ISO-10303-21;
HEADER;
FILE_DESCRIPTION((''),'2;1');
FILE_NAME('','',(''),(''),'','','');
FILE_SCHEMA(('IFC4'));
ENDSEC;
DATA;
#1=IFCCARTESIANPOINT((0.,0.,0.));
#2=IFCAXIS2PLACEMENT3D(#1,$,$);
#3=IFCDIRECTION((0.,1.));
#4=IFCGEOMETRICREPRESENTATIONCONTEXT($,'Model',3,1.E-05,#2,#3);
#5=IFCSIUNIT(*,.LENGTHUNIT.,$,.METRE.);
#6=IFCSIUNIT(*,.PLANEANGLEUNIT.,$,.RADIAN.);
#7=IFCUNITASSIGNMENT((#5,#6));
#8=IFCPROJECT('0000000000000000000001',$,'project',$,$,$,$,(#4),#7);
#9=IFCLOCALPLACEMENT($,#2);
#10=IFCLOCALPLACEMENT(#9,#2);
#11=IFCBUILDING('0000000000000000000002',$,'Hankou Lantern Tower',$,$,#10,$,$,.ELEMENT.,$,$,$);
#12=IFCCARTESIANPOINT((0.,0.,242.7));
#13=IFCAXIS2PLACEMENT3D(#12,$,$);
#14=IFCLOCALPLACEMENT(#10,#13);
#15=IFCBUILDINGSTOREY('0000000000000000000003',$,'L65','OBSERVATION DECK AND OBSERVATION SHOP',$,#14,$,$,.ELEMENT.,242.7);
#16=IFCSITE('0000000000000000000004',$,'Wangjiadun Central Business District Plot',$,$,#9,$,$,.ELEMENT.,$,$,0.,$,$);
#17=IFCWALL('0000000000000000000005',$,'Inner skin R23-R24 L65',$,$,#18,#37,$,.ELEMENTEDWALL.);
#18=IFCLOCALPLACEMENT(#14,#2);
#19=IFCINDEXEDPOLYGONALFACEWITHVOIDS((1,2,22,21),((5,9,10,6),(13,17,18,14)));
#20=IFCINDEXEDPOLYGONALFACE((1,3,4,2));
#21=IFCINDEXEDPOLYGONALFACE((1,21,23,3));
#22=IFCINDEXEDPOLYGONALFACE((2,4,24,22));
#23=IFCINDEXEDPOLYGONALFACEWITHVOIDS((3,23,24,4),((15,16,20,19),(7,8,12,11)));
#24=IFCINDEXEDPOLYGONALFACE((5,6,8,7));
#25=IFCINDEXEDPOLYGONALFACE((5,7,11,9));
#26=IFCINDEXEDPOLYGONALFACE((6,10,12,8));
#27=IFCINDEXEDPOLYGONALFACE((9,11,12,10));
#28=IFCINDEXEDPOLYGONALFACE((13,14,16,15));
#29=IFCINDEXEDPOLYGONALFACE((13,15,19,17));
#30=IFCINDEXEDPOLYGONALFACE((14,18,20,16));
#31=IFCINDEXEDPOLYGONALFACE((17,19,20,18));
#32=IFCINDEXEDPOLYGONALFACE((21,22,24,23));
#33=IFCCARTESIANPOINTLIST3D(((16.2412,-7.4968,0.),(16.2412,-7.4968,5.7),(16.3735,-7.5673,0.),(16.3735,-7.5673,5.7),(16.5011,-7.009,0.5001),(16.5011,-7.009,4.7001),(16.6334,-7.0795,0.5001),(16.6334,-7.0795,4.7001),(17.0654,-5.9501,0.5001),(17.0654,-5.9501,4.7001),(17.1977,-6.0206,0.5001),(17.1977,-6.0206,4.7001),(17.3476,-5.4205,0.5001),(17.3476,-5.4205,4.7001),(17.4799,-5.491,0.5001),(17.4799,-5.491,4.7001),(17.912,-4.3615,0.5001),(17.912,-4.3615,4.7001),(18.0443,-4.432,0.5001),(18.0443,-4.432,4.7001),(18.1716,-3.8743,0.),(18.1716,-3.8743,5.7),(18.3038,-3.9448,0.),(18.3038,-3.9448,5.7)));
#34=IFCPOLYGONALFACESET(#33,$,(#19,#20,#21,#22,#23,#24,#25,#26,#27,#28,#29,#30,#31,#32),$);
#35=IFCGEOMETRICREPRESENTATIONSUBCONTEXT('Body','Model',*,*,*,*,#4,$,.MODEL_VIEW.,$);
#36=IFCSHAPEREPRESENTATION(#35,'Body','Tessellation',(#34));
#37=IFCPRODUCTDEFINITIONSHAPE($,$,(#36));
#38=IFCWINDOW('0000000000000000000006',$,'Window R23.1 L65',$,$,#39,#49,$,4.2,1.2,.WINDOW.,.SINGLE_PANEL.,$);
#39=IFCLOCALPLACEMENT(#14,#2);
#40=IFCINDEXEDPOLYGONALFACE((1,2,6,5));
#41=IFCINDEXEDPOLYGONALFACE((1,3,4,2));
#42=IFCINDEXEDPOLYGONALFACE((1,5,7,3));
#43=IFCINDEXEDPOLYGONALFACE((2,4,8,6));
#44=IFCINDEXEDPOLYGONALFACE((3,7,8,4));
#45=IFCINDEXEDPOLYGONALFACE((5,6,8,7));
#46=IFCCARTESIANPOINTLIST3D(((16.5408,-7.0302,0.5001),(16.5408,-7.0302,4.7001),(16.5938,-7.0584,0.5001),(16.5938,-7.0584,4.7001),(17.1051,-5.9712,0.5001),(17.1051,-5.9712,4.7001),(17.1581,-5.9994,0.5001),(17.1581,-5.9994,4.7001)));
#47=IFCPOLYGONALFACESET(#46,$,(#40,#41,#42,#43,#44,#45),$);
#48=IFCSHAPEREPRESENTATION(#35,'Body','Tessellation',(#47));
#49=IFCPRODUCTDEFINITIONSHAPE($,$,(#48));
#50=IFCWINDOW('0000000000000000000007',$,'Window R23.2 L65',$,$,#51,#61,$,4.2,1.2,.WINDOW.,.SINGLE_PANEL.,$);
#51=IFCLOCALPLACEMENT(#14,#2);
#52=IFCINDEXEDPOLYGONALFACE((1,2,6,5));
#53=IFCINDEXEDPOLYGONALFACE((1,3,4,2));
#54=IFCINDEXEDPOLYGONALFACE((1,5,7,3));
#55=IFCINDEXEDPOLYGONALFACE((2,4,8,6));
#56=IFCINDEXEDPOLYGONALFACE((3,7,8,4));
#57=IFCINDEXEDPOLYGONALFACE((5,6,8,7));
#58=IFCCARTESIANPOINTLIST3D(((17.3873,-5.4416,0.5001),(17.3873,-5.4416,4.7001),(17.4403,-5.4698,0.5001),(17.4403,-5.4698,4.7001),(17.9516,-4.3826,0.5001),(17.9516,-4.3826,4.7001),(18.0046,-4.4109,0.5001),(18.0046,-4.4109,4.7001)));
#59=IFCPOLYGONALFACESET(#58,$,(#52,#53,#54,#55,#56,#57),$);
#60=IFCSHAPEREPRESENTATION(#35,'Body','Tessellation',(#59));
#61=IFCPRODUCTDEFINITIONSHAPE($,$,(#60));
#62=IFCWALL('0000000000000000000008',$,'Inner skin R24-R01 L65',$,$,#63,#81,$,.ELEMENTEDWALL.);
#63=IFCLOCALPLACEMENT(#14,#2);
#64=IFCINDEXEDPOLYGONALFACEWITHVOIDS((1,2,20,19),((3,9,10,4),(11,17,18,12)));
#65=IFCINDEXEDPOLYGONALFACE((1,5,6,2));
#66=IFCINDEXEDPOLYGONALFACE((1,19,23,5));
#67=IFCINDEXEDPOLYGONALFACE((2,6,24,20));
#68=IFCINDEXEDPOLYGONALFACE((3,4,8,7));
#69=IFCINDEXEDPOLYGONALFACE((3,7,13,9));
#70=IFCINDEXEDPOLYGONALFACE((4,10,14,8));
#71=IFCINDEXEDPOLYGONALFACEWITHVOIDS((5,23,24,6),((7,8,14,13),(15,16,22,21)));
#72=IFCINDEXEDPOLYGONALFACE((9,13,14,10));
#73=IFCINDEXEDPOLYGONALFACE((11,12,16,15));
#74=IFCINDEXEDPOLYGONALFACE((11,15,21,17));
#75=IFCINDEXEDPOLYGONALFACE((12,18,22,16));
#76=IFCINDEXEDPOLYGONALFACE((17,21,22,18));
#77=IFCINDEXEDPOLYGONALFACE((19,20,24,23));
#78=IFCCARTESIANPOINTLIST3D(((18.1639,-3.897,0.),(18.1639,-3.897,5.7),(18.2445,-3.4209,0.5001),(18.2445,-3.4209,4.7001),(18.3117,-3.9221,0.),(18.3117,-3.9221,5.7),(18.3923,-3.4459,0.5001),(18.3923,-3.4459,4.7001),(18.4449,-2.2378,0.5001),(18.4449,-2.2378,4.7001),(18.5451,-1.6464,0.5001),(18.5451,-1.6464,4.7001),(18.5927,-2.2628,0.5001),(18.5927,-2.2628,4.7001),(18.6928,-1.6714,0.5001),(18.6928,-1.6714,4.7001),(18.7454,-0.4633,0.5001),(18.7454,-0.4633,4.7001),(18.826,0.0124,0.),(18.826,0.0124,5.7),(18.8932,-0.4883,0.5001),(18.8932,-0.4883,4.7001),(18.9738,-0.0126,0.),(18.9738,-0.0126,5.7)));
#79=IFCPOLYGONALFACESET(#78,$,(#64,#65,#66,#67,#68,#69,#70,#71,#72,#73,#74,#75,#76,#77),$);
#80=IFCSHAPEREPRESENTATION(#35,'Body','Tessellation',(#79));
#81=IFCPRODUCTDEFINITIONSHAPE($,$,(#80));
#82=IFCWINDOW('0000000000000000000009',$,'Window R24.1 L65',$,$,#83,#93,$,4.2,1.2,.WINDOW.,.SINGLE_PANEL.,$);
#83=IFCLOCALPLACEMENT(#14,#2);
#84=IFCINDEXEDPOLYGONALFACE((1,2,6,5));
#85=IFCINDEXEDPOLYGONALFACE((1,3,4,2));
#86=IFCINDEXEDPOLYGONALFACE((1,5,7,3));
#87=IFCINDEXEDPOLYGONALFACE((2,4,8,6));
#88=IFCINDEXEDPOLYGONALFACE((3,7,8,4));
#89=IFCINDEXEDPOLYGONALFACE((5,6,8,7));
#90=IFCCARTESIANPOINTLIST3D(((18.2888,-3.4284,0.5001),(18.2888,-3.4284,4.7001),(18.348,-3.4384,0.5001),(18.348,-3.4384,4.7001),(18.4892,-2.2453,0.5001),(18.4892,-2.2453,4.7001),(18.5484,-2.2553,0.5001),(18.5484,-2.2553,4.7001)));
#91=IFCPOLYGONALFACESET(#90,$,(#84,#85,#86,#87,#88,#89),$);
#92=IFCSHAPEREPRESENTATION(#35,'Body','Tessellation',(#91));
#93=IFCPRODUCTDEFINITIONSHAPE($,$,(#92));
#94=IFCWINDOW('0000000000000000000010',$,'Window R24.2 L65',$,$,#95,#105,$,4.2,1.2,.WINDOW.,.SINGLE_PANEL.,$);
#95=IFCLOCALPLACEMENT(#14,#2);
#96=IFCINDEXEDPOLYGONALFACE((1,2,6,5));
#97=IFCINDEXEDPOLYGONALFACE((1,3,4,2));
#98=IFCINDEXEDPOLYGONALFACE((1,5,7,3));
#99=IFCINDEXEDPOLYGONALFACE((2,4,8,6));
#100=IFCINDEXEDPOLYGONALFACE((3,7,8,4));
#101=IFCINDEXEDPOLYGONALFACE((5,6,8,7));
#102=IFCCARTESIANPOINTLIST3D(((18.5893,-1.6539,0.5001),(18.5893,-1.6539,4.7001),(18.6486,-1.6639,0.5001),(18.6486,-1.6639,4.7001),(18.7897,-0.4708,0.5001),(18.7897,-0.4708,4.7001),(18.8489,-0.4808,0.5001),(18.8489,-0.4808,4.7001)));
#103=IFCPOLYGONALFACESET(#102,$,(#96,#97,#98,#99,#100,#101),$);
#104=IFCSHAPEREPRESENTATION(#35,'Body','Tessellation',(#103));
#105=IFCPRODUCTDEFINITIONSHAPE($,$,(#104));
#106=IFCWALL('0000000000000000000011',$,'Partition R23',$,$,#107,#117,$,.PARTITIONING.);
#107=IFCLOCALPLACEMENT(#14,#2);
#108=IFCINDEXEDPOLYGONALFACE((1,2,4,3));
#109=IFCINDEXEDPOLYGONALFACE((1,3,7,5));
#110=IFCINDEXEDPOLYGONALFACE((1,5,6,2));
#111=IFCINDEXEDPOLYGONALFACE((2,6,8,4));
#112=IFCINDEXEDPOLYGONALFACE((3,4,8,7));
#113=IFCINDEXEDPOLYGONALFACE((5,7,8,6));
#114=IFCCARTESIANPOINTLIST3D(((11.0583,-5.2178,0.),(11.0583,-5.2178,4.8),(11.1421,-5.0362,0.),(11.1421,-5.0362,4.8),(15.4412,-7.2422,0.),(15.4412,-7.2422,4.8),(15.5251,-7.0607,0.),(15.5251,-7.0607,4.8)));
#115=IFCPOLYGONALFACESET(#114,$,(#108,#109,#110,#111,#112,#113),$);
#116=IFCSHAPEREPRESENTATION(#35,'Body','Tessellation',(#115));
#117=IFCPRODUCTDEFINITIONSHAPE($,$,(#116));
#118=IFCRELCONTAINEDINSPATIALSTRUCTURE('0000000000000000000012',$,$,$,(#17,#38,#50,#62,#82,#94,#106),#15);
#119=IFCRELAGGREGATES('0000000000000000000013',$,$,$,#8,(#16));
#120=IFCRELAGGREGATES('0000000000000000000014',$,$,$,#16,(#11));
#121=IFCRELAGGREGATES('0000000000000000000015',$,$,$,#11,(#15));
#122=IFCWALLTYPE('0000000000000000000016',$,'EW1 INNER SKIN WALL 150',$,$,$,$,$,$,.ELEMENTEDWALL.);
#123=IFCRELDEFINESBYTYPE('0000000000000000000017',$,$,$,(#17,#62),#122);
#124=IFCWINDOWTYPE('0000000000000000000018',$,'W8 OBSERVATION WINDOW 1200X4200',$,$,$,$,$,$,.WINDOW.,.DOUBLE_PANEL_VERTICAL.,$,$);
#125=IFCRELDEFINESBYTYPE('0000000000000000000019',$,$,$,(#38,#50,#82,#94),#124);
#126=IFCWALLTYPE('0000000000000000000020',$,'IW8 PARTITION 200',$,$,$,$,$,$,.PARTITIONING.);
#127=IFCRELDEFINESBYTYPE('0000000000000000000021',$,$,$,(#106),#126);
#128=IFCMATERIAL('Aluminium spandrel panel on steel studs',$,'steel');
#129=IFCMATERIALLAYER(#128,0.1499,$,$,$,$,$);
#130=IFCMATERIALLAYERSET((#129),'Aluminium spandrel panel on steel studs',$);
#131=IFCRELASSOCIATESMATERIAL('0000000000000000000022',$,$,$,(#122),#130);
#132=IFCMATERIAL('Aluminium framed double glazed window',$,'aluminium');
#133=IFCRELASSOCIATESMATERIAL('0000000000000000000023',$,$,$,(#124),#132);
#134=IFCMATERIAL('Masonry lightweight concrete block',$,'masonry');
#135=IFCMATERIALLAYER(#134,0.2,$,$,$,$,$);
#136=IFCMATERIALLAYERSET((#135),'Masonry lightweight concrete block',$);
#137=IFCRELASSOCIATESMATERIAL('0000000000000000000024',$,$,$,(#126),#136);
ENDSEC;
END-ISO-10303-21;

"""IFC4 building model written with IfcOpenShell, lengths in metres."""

from ifc_helpers import new_model, si_unit, direction, frame, frame_2d, origin, place, context, subcontext, project, spatial, rectangle, extrude, material, layer, layer_set, type_object, element, fill, save


model = new_model("IFC4")

# Units and contexts
model_context = context("Model", 3, precision=1e-05, world=origin(), true_north=direction((0.0, 1.0)))
body_context = subcontext(model_context, "Body", "Model", "MODEL_VIEW")
ifc_project = project(units=[si_unit("LENGTHUNIT", "METRE"), si_unit("PLANEANGLEUNIT", "RADIAN")], contexts=[model_context])

# Site, building, storey
site_placement = place(None, origin())
site = spatial("IfcSite", under=ifc_project, at=site_placement, Name="Wangjiadun Central Business District Plot", CompositionType="ELEMENT", RefElevation=0.0)
building_placement = place(site_placement, origin())
building = spatial("IfcBuilding", under=site, at=building_placement, Name="Hankou Lantern Tower", CompositionType="ELEMENT")
storey_placement = place(building_placement, frame((0.0, 0.0, 242.7)))
storey = spatial("IfcBuildingStorey", under=building, at=storey_placement, Name="L65", Description="OBSERVATION DECK AND OBSERVATION SHOP", CompositionType="ELEMENT", Elevation=242.7)

# Walls, openings, windows
ifc_material_1 = material(Name="Aluminium spandrel panel on steel studs", Category="steel")
ifc_layer_1 = layer(ifc_material_1, 0.1499)
ifc_layer_set_1 = layer_set([ifc_layer_1], Name="Aluminium spandrel panel on steel studs")
wall_type_1 = type_object("IfcWallType", Name="EW1 INNER SKIN WALL 150", PredefinedType="ELEMENTEDWALL", material=ifc_layer_set_1)
wall_1_placement = place(storey_placement, frame((16.3074, -7.532, 0.0), z_axis=(0.0, 0.0, 1.0), x_axis=(0.470283, 0.882516, 0.0)))
wall_1 = element("IfcWall", 1, at=wall_1_placement, inside=storey, type_object=wall_type_1, Name="Inner skin R23-R24 L65", PredefinedType="ELEMENTEDWALL", context=body_context, shape_type="SweptSolid", body=[
    extrude(rectangle(XDim=4.1047, YDim=0.1499, at=frame_2d((2.0522, 0.0))), origin(), (0.0, 0.0, 1.0), 5.7),
])
opening_1_placement = place(wall_1_placement, frame((0.5525, 0.0, 0.5)))
opening_1 = element("IfcOpeningElement", 2, at=opening_1_placement, cuts=wall_1, PredefinedType="OPENING", context=body_context, shape_type="SweptSolid", body=[
    extrude(rectangle(XDim=1.2, YDim=4.2, at=frame_2d((0.6001, 2.1001))), frame((0.0, 0.085, 0.0), z_axis=(0.0, -1.0, 0.0), x_axis=(1.0, 0.0, 0.0)), (0.0, 0.0, 1.0), 0.1699),
])
opening_2_placement = place(wall_1_placement, frame((2.3525, 0.0, 0.5)))
opening_2 = element("IfcOpeningElement", 3, at=opening_2_placement, cuts=wall_1, PredefinedType="OPENING", context=body_context, shape_type="SweptSolid", body=[
    extrude(rectangle(XDim=1.2, YDim=4.2, at=frame_2d((0.6001, 2.1001))), frame((0.0, 0.085, 0.0), z_axis=(0.0, -1.0, 0.0), x_axis=(1.0, 0.0, 0.0)), (0.0, 0.0, 1.0), 0.1699),
])
ifc_material_2 = material(Name="Aluminium framed double glazed window", Category="aluminium")
window_type = type_object("IfcWindowType", Name="W8 OBSERVATION WINDOW 1200X4200", PartitioningType="DOUBLE_PANEL_VERTICAL", PredefinedType="WINDOW", material=ifc_material_2)
window_1_placement = place(opening_1_placement, origin())
window_1 = element("IfcWindow", 4, at=window_1_placement, inside=storey, type_object=window_type, Name="Window R23.1 L65", OverallHeight=4.2, OverallWidth=1.2, PartitioningType="SINGLE_PANEL", PredefinedType="WINDOW", context=body_context, shape_type="SweptSolid", body=[
    extrude(rectangle(XDim=1.2, YDim=4.2, at=frame_2d((0.6001, 2.1001))), frame((0.0, 0.03, 0.0), z_axis=(0.0, -1.0, 0.0), x_axis=(1.0, 0.0, 0.0)), (0.0, 0.0, 1.0), 0.0601),
])
fill(opening_1, window_1)
window_2_placement = place(opening_2_placement, origin())
window_2 = element("IfcWindow", 5, at=window_2_placement, inside=storey, type_object=window_type, Name="Window R23.2 L65", OverallHeight=4.2, OverallWidth=1.2, PartitioningType="SINGLE_PANEL", PredefinedType="WINDOW", context=body_context, shape_type="SweptSolid", body=[
    extrude(rectangle(XDim=1.2, YDim=4.2, at=frame_2d((0.6001, 2.1001))), frame((0.0, 0.03, 0.0), z_axis=(0.0, -1.0, 0.0), x_axis=(1.0, 0.0, 0.0)), (0.0, 0.0, 1.0), 0.0601),
])
fill(opening_2, window_2)
wall_2_placement = place(storey_placement, frame((18.2378, -3.9094, 0.0), z_axis=(0.0, 0.0, 1.0), x_axis=(0.166984, 0.98596, 0.0)))
wall_2 = element("IfcWall", 6, at=wall_2_placement, inside=storey, type_object=wall_type_1, Name="Inner skin R24-R01 L65", PredefinedType="ELEMENTEDWALL", context=body_context, shape_type="SweptSolid", body=[
    extrude(rectangle(XDim=3.9651, YDim=0.1499, at=frame_2d((1.9824, 0.0))), origin(), (0.0, 0.0, 1.0), 5.7),
])
opening_3_placement = place(wall_2_placement, frame((0.4827, 0.0, 0.5)))
opening_3 = element("IfcOpeningElement", 7, at=opening_3_placement, cuts=wall_2, PredefinedType="OPENING", context=body_context, shape_type="SweptSolid", body=[
    extrude(rectangle(XDim=1.2, YDim=4.2, at=frame_2d((0.6001, 2.1001))), frame((0.0, 0.085, 0.0), z_axis=(0.0, -1.0, 0.0), x_axis=(1.0, 0.0, 0.0)), (0.0, 0.0, 1.0), 0.1699),
])
opening_4_placement = place(wall_2_placement, frame((2.2825, 0.0, 0.5)))
opening_4 = element("IfcOpeningElement", 8, at=opening_4_placement, cuts=wall_2, PredefinedType="OPENING", context=body_context, shape_type="SweptSolid", body=[
    extrude(rectangle(XDim=1.2, YDim=4.2, at=frame_2d((0.6001, 2.1001))), frame((0.0, 0.085, 0.0), z_axis=(0.0, -1.0, 0.0), x_axis=(1.0, 0.0, 0.0)), (0.0, 0.0, 1.0), 0.1699),
])
window_3_placement = place(opening_3_placement, origin())
window_3 = element("IfcWindow", 9, at=window_3_placement, inside=storey, type_object=window_type, Name="Window R24.1 L65", OverallHeight=4.2, OverallWidth=1.2, PartitioningType="SINGLE_PANEL", PredefinedType="WINDOW", context=body_context, shape_type="SweptSolid", body=[
    extrude(rectangle(XDim=1.2, YDim=4.2, at=frame_2d((0.6001, 2.1001))), frame((0.0, 0.03, 0.0), z_axis=(0.0, -1.0, 0.0), x_axis=(1.0, 0.0, 0.0)), (0.0, 0.0, 1.0), 0.0601),
])
fill(opening_3, window_3)
window_4_placement = place(opening_4_placement, origin())
window_4 = element("IfcWindow", 10, at=window_4_placement, inside=storey, type_object=window_type, Name="Window R24.2 L65", OverallHeight=4.2, OverallWidth=1.2, PartitioningType="SINGLE_PANEL", PredefinedType="WINDOW", context=body_context, shape_type="SweptSolid", body=[
    extrude(rectangle(XDim=1.2, YDim=4.2, at=frame_2d((0.6001, 2.1001))), frame((0.0, 0.03, 0.0), z_axis=(0.0, -1.0, 0.0), x_axis=(1.0, 0.0, 0.0)), (0.0, 0.0, 1.0), 0.0601),
])
fill(opening_4, window_4)

# Wall
ifc_material_3 = material(Name="Masonry lightweight concrete block", Category="masonry")
ifc_layer_2 = layer(ifc_material_3, 0.2)
ifc_layer_set_2 = layer_set([ifc_layer_2], Name="Masonry lightweight concrete block")
wall_type_2 = type_object("IfcWallType", Name="IW8 PARTITION 200", PredefinedType="PARTITIONING", material=ifc_layer_set_2)
wall_3_placement = place(storey_placement, frame((11.1001, -5.127, 0.0), z_axis=(0.0, 0.0, 1.0), x_axis=(0.907835, -0.419328, 0.0)))
element("IfcWall", 11, at=wall_3_placement, inside=storey, type_object=wall_type_2, Name="Partition R23", PredefinedType="PARTITIONING", context=body_context, shape_type="SweptSolid", body=[
    extrude(rectangle(XDim=4.8279, YDim=0.2, at=frame_2d((2.4141, 0.0))), origin(), (0.0, 0.0, 1.0), 4.8),
])

save(model, "model.ifc")
